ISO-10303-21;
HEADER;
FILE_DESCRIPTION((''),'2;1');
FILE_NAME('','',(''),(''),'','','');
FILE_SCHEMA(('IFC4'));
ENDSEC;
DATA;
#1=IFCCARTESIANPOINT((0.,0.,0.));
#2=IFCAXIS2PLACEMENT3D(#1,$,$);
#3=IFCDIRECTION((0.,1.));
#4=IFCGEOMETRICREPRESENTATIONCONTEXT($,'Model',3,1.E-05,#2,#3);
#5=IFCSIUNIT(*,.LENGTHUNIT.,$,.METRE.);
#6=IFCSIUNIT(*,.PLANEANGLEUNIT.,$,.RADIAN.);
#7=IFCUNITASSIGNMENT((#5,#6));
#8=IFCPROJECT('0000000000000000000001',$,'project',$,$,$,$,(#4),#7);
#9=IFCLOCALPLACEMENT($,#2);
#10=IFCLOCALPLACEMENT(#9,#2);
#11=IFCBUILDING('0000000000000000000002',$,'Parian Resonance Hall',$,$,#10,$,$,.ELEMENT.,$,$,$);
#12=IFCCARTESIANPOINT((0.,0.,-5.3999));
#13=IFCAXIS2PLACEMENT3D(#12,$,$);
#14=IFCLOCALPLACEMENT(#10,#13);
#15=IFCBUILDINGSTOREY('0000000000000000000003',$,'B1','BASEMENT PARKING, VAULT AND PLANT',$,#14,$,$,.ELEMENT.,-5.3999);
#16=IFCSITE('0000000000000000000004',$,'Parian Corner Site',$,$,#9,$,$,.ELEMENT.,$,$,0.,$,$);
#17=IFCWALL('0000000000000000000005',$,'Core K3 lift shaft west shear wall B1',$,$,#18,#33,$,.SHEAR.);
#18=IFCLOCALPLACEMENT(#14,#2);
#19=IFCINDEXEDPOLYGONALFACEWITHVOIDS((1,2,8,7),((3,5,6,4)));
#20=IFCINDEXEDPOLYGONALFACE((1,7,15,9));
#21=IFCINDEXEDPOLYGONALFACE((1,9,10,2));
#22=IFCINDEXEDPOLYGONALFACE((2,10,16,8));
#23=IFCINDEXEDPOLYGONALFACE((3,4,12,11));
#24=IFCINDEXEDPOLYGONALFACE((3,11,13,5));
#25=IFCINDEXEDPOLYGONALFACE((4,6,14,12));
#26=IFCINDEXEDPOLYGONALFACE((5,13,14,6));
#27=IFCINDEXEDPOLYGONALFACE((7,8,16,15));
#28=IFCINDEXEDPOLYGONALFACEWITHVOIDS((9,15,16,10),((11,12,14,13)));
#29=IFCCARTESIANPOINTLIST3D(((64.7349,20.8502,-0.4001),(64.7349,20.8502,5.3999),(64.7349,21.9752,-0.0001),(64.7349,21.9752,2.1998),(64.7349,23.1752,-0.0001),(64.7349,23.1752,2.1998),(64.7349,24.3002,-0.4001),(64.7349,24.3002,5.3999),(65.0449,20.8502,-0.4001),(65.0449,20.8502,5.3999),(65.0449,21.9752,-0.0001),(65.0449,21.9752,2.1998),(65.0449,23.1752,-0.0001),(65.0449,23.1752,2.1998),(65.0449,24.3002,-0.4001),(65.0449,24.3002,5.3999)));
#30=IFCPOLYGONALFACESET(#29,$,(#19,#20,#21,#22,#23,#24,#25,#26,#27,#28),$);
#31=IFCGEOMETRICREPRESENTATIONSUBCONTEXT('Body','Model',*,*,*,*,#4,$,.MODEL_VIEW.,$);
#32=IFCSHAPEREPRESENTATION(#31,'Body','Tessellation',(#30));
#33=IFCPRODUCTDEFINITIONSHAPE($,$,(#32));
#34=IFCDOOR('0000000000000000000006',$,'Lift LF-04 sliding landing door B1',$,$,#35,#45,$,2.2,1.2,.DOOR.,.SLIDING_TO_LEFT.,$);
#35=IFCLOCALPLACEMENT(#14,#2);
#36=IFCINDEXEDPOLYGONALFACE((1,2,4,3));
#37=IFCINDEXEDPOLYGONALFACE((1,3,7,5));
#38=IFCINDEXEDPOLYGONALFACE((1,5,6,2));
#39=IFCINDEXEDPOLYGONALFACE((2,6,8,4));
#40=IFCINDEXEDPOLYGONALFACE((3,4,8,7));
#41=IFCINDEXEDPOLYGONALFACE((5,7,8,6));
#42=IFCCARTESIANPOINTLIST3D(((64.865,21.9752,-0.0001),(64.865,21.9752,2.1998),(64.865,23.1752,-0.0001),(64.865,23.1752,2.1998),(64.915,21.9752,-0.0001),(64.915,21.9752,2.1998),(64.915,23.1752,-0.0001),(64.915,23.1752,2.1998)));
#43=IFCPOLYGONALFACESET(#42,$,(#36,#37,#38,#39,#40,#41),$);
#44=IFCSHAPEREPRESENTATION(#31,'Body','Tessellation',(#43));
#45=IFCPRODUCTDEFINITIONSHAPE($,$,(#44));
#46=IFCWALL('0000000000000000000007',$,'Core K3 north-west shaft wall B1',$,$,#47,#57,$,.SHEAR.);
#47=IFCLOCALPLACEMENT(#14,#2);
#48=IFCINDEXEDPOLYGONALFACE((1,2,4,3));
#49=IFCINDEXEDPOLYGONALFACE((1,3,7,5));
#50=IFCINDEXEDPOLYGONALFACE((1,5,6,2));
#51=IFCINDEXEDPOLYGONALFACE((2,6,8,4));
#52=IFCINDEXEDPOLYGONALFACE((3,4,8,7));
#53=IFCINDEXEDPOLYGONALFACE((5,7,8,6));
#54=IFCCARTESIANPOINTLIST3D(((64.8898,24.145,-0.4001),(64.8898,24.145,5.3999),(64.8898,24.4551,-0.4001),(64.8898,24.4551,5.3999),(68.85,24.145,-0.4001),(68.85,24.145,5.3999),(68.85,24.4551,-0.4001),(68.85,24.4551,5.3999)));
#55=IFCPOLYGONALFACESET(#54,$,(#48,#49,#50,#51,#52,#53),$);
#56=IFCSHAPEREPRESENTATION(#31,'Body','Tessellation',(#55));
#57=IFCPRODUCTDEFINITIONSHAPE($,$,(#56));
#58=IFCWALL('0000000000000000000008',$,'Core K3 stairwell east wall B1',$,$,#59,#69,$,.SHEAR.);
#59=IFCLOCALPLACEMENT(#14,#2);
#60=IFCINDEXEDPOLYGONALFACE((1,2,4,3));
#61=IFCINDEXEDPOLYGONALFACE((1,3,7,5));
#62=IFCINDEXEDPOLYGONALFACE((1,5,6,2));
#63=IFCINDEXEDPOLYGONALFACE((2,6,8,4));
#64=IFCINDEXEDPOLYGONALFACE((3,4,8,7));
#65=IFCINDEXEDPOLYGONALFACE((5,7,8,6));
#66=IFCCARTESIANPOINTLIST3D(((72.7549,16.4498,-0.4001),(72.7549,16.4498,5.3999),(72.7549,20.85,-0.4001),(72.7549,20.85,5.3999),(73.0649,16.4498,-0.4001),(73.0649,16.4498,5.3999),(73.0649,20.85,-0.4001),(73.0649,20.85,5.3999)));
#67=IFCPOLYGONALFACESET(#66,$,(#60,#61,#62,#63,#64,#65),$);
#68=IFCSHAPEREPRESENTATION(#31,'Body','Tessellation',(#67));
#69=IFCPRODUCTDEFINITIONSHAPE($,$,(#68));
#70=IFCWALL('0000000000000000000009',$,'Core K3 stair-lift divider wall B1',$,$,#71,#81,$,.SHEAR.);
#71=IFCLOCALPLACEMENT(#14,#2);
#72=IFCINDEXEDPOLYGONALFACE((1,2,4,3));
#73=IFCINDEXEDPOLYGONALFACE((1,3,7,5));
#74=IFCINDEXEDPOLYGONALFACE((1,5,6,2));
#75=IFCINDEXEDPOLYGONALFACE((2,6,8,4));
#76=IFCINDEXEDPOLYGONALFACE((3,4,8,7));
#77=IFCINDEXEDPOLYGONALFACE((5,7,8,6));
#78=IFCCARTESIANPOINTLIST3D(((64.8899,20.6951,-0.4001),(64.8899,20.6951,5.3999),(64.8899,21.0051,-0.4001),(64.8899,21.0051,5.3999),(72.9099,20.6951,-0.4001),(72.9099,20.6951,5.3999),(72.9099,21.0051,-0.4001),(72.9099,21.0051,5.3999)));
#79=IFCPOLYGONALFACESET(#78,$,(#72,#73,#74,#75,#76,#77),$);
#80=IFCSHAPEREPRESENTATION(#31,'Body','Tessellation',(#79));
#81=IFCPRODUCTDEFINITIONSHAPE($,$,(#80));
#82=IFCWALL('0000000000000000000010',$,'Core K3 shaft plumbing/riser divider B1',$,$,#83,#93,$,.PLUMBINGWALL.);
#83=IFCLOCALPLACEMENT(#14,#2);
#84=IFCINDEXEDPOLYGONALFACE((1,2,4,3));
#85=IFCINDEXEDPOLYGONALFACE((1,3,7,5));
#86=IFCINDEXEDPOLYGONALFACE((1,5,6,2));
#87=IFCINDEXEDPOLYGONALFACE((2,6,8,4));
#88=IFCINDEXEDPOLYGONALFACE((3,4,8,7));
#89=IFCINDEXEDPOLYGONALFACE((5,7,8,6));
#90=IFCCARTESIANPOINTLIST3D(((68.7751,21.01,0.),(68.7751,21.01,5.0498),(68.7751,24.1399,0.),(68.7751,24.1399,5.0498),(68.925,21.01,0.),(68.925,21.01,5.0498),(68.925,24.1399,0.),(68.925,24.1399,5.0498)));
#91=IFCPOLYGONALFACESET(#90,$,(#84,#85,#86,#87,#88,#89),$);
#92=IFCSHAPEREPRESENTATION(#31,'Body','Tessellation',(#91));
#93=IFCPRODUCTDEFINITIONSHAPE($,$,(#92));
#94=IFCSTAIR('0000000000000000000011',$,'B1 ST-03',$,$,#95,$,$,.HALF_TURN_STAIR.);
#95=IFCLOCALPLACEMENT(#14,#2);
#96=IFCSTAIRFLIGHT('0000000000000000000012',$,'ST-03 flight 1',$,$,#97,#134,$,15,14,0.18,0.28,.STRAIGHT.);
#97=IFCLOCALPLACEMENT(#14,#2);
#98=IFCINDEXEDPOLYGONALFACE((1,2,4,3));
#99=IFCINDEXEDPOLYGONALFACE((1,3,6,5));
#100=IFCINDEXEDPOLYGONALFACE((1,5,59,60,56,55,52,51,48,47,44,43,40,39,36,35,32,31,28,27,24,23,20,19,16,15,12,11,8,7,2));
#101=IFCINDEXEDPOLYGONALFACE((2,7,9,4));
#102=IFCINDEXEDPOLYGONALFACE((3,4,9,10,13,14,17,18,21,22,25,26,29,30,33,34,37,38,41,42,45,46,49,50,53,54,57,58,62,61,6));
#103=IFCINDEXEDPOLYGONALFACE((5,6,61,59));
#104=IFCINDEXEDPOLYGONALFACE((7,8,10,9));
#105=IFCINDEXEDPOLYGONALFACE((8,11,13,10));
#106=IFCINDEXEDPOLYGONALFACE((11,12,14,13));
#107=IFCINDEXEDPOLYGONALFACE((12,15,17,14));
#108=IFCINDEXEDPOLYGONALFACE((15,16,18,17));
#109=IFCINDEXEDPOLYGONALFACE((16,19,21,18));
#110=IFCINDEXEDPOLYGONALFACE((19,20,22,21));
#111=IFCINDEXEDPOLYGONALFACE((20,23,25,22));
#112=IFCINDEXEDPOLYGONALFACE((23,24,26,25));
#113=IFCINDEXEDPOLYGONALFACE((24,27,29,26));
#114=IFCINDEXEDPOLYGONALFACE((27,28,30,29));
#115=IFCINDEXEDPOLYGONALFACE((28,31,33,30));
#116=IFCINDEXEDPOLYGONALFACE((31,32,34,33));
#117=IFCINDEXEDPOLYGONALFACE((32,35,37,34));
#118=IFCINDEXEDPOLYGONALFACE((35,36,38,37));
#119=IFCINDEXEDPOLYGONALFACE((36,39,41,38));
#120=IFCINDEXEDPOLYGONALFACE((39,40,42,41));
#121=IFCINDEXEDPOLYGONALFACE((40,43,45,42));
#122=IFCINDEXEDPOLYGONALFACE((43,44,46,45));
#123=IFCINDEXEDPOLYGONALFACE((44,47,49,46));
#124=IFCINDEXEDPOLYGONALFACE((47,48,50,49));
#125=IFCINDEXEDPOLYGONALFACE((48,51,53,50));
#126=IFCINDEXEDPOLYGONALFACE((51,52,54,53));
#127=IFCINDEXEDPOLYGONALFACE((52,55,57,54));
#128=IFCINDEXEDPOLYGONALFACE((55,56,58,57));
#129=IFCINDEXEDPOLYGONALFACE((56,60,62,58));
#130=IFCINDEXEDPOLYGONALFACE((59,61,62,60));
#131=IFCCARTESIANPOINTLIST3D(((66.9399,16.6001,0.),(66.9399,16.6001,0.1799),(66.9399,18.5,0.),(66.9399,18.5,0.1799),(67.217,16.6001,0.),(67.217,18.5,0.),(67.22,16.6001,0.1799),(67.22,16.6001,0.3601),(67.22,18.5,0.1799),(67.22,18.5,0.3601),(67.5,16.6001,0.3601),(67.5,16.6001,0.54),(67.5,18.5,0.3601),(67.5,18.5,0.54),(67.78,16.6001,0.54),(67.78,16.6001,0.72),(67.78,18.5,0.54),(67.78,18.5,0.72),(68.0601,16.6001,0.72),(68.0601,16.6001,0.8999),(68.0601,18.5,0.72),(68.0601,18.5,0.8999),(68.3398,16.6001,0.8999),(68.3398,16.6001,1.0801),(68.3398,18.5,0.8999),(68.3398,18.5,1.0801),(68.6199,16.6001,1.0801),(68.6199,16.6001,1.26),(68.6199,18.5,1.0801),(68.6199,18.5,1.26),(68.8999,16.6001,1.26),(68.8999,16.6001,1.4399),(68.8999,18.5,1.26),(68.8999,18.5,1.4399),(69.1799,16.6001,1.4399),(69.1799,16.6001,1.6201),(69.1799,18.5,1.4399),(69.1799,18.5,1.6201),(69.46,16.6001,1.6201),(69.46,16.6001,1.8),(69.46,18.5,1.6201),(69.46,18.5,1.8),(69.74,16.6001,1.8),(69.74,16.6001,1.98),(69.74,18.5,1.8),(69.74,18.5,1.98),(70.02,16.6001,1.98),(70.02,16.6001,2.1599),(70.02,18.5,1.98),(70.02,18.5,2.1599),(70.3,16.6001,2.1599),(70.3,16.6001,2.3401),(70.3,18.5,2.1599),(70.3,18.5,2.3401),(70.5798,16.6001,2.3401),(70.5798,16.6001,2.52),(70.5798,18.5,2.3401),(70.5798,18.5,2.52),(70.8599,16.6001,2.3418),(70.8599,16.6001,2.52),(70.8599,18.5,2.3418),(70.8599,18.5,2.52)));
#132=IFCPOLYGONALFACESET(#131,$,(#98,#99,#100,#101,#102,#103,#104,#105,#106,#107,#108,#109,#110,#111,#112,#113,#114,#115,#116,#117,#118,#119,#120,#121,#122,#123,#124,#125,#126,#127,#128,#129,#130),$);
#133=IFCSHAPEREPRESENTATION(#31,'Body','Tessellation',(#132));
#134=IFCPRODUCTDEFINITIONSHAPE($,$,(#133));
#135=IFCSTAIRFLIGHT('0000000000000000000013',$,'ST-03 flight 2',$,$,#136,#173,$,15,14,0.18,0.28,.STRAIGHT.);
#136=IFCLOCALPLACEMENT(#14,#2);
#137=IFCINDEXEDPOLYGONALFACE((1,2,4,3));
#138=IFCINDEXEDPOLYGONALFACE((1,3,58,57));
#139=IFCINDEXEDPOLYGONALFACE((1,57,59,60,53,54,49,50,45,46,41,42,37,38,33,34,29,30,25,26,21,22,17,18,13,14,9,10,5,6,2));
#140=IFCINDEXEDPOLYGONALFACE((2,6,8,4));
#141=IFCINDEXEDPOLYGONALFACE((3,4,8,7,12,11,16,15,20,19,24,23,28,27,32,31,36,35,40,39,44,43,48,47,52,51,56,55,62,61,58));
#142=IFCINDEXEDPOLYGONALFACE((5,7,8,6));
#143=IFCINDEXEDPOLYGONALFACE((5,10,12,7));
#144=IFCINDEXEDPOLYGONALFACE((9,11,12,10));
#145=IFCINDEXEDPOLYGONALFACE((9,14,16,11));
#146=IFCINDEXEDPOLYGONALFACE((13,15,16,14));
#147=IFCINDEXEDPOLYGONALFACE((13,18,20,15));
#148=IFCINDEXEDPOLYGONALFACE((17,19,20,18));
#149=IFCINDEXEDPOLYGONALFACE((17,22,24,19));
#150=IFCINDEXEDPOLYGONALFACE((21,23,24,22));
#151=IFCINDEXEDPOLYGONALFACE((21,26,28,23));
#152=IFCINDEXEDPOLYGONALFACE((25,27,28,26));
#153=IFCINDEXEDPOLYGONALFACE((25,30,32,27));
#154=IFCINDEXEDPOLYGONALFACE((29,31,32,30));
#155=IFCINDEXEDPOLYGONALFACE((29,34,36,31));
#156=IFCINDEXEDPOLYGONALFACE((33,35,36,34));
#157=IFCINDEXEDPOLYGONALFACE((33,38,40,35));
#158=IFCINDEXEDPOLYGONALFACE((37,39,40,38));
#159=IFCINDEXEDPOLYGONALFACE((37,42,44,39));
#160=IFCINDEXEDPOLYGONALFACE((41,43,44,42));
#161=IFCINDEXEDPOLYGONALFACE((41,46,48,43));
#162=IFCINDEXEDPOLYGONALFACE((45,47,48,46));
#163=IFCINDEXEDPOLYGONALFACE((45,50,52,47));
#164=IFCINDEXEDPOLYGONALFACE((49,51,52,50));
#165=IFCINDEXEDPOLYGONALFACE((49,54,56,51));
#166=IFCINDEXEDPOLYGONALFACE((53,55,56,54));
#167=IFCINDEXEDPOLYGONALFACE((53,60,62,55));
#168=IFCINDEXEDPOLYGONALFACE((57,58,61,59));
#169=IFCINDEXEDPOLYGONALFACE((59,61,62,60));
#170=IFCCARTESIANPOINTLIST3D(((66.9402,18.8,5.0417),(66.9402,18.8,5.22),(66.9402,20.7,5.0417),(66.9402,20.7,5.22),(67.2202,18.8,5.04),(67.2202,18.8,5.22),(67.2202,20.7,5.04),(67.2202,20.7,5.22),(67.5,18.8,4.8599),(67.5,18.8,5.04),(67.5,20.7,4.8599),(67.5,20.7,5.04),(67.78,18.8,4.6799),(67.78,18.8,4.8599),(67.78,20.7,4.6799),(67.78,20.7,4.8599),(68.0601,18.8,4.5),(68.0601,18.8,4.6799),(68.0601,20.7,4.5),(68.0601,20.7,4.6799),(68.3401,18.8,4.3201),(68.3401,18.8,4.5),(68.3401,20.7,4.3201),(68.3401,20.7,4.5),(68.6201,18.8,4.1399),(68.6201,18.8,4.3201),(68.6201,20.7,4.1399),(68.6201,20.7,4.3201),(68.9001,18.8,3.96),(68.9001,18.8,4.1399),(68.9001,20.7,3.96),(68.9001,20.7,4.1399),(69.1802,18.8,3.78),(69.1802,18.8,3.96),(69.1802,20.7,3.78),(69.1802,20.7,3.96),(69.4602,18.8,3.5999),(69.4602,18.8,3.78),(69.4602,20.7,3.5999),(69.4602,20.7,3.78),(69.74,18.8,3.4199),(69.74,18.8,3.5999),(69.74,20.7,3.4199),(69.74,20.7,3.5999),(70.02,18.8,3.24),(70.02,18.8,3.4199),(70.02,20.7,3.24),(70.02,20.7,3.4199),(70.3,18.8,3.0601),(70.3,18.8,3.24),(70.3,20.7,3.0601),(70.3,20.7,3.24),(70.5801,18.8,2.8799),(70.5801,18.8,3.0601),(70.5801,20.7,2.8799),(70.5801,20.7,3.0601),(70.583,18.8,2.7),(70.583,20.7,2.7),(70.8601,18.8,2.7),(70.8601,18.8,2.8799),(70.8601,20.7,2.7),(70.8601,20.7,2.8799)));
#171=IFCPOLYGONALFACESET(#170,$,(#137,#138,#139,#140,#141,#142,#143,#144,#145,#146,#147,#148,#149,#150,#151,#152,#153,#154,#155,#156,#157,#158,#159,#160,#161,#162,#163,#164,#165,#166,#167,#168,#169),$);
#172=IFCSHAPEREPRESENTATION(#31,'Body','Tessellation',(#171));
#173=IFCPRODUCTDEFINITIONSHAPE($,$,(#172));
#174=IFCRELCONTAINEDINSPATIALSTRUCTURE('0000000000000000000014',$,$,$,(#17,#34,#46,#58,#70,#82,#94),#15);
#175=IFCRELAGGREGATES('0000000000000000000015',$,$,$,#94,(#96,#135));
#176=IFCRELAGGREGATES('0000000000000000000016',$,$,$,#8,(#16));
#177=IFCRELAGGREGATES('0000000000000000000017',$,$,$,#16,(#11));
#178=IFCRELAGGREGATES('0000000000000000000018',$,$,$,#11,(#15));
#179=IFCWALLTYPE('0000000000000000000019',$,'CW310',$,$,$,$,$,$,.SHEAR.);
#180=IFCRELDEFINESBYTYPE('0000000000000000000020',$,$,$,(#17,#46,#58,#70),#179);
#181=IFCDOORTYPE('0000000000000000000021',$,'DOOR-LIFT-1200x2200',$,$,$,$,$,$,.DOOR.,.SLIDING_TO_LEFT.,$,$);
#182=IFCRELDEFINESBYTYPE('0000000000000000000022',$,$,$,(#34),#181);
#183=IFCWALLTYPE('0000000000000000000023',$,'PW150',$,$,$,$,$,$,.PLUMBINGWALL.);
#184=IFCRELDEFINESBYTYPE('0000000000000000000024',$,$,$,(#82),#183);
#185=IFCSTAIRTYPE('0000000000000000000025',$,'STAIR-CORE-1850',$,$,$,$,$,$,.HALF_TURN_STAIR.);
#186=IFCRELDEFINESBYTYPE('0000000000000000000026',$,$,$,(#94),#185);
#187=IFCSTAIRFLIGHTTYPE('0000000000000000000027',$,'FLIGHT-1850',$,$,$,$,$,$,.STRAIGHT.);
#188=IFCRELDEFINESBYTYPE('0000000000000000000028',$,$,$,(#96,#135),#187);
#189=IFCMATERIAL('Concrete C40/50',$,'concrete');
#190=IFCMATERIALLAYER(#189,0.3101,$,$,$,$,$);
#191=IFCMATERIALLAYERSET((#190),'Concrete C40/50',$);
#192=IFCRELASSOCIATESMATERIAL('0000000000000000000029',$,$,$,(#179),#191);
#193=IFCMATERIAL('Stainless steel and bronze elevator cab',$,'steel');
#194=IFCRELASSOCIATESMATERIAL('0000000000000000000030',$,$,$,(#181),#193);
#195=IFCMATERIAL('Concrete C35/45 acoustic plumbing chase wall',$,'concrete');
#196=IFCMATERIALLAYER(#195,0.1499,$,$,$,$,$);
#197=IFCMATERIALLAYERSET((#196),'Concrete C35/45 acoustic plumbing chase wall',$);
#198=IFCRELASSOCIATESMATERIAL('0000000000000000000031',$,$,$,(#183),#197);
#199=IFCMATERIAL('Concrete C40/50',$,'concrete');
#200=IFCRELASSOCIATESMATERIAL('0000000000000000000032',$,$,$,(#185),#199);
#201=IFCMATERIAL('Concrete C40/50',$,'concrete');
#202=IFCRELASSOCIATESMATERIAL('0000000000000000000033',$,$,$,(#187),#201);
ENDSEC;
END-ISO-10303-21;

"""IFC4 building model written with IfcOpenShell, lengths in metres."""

from ifc_helpers import new_model, si_unit, direction, frame, frame_2d, origin, place, context, subcontext, project, spatial, polyline, rectangle, outline, extrude, material, layer, layer_set, type_object, element, fill, aggregate, save


model = new_model("IFC4")

# Units and contexts
model_context = context("Model", 3, precision=1e-05, world=origin(), true_north=direction((0.0, 1.0)))
body_context = subcontext(model_context, "Body", "Model", "MODEL_VIEW")
ifc_project = project(units=[si_unit("LENGTHUNIT", "METRE"), si_unit("PLANEANGLEUNIT", "RADIAN")], contexts=[model_context])

# Site, building, storey
site_placement = place(None, origin())
site = spatial("IfcSite", under=ifc_project, at=site_placement, Name="Parian Corner Site", CompositionType="ELEMENT", RefElevation=0.0)
building_placement = place(site_placement, origin())
building = spatial("IfcBuilding", under=site, at=building_placement, Name="Parian Resonance Hall", CompositionType="ELEMENT")
storey_placement = place(building_placement, frame((0.0, 0.0, -5.3999)))
storey = spatial("IfcBuildingStorey", under=building, at=storey_placement, Name="B1", Description="BASEMENT PARKING, VAULT AND PLANT", CompositionType="ELEMENT", Elevation=-5.3999)

# Shared definitions
ifc_material_1 = material(Name="Concrete C40/50", Category="concrete")
ifc_layer_1 = layer(ifc_material_1, 0.3101)
ifc_layer_set_1 = layer_set([ifc_layer_1], Name="Concrete C40/50")
wall_type_1 = type_object("IfcWallType", Name="CW310", PredefinedType="SHEAR", material=ifc_layer_set_1)

# Wall, opening, door
wall_1_placement = place(storey_placement, frame((64.8899, 20.8501, -0.4001), z_axis=(0.0, 0.0, 1.0), x_axis=(0.0, 1.0, 0.0)))
wall_1 = element("IfcWall", 1, at=wall_1_placement, inside=storey, type_object=wall_type_1, Name="Core K3 lift shaft west shear wall B1", PredefinedType="SHEAR", context=body_context, shape_type="SweptSolid", body=[
    extrude(rectangle(XDim=3.45, YDim=0.3101, at=frame_2d((1.7251, 0.0))), origin(), (0.0, 0.0, 1.0), 5.8),
])
opening_placement = place(wall_1_placement, frame((1.125, 0.0, 0.3999)))
opening = element("IfcOpeningElement", 2, at=opening_placement, cuts=wall_1, PredefinedType="OPENING", context=body_context, shape_type="SweptSolid", body=[
    extrude(rectangle(XDim=1.2, YDim=2.2, at=frame_2d((0.6001, 1.1001))), frame((0.0, 0.165, 0.0), z_axis=(0.0, -1.0, 0.0), x_axis=(1.0, 0.0, 0.0)), (0.0, 0.0, 1.0), 0.3301),
])
ifc_material_2 = material(Name="Stainless steel and bronze elevator cab", Category="steel")
door_type = type_object("IfcDoorType", Name="DOOR-LIFT-1200x2200", OperationType="SLIDING_TO_LEFT", PredefinedType="DOOR", material=ifc_material_2)
door_placement = place(opening_placement, origin())
door = element("IfcDoor", 3, at=door_placement, inside=storey, type_object=door_type, Name="Lift LF-04 sliding landing door B1", OperationType="SLIDING_TO_LEFT", OverallHeight=2.2, OverallWidth=1.2, PredefinedType="DOOR", context=body_context, shape_type="SweptSolid", body=[
    extrude(rectangle(XDim=1.2, YDim=2.2, at=frame_2d((0.6001, 1.1001))), frame((0.0, 0.0249, 0.0), z_axis=(0.0, -1.0, 0.0), x_axis=(1.0, 0.0, 0.0)), (0.0, 0.0, 1.0), 0.05),
])
fill(opening, door)

# Walls
wall_2_placement = place(storey_placement, frame((64.8899, 24.3, -0.4001), z_axis=(0.0, 0.0, 1.0), x_axis=(1.0, 0.0, 0.0)))
element("IfcWall", 4, at=wall_2_placement, inside=storey, type_object=wall_type_1, Name="Core K3 north-west shaft wall B1", PredefinedType="SHEAR", context=body_context, shape_type="SweptSolid", body=[
    extrude(rectangle(XDim=3.9602, YDim=0.3101, at=frame_2d((1.98, 0.0))), origin(), (0.0, 0.0, 1.0), 5.8),
])
wall_3_placement = place(storey_placement, frame((72.9099, 20.8501, -0.4001), z_axis=(0.0, 0.0, 1.0), x_axis=(0.0, -1.0, 0.0)))
element("IfcWall", 5, at=wall_3_placement, inside=storey, type_object=wall_type_1, Name="Core K3 stairwell east wall B1", PredefinedType="SHEAR", context=body_context, shape_type="SweptSolid", body=[
    extrude(rectangle(XDim=4.4001, YDim=0.3101, at=frame_2d((2.2002, 0.0))), origin(), (0.0, 0.0, 1.0), 5.8),
])
wall_4_placement = place(storey_placement, frame((64.8899, 20.8501, -0.4001), z_axis=(0.0, 0.0, 1.0), x_axis=(1.0, 0.0, 0.0)))
element("IfcWall", 6, at=wall_4_placement, inside=storey, type_object=wall_type_1, Name="Core K3 stair-lift divider wall B1", PredefinedType="SHEAR", context=body_context, shape_type="SweptSolid", body=[
    extrude(rectangle(XDim=8.02, YDim=0.3101, at=frame_2d((4.01, 0.0))), origin(), (0.0, 0.0, 1.0), 5.8),
])
ifc_material_3 = material(Name="Concrete C35/45 acoustic plumbing chase wall", Category="concrete")
ifc_layer_2 = layer(ifc_material_3, 0.1499)
ifc_layer_set_2 = layer_set([ifc_layer_2], Name="Concrete C35/45 acoustic plumbing chase wall")
wall_type_2 = type_object("IfcWallType", Name="PW150", PredefinedType="PLUMBINGWALL", material=ifc_layer_set_2)
wall_5_placement = place(storey_placement, frame((68.8501, 21.01, 0.0), z_axis=(0.0, 0.0, 1.0), x_axis=(0.0, 1.0, 0.0)))
element("IfcWall", 7, at=wall_5_placement, inside=storey, type_object=wall_type_2, Name="Core K3 shaft plumbing/riser divider B1", PredefinedType="PLUMBINGWALL", context=body_context, shape_type="SweptSolid", body=[
    extrude(rectangle(XDim=3.1299, YDim=0.1499, at=frame_2d((1.5649, 0.0))), origin(), (0.0, 0.0, 1.0), 5.0498),
])

# Stair, stair flights
ifc_material_4 = material(Name="Concrete C40/50", Category="concrete")
stair_type = type_object("IfcStairType", Name="STAIR-CORE-1850", PredefinedType="HALF_TURN_STAIR", material=ifc_material_4)
stair_placement = place(storey_placement, origin())
stair = element("IfcStair", 8, at=stair_placement, inside=storey, type_object=stair_type, Name="B1 ST-03", PredefinedType="HALF_TURN_STAIR")
ifc_material_5 = material(Name="Concrete C40/50", Category="concrete")
stair_flight_type = type_object("IfcStairFlightType", Name="FLIGHT-1850", PredefinedType="STRAIGHT", material=ifc_material_5)
stair_flight_1_placement = place(storey_placement, frame((66.9399, 17.55, 0.0), z_axis=(0.0, 0.0, 1.0), x_axis=(1.0, 0.0, 0.0)))
stair_flight_1 = element("IfcStairFlight", 9, at=stair_flight_1_placement, type_object=stair_flight_type, Name="ST-03 flight 1", NumberOfRisers=15, NumberOfTreads=14, PredefinedType="STRAIGHT", RiserHeight=0.18, TreadLength=0.28, context=body_context, shape_type="SweptSolid", body=[
    extrude(outline(polyline([(0.0, 0.0), (0.0, 0.1799), (0.28, 0.1799), (0.28, 0.3601), (0.5601, 0.3601), (0.5601, 0.54), (0.8401, 0.54), (0.8401, 0.72), (1.1201, 0.72), (1.1201, 0.8999), (1.3999, 0.8999), (1.3999, 1.0801), (1.6799, 1.0801), (1.6799, 1.26), (1.96, 1.26), (1.96, 1.4399), (2.24, 1.4399), (2.24, 1.6201), (2.52, 1.6201), (2.52, 1.8), (2.8, 1.8), (2.8, 1.98), (3.0801, 1.98), (3.0801, 2.1599), (3.3601, 2.1599), (3.3601, 2.3401), (3.6399, 2.3401), (3.6399, 2.52), (3.9199, 2.52), (3.9199, 2.7), (3.9199, 2.3418), (0.2771, 0.0), (0.0, 0.0)])), frame((0.0, 0.95, 0.0), z_axis=(0.0, -1.0, 0.0), x_axis=(1.0, 0.0, 0.0)), (0.0, 0.0, 1.0), 1.8999),
])
stair_flight_2_placement = place(storey_placement, frame((70.8601, 19.75, 2.7), z_axis=(0.0, 0.0, 1.0), x_axis=(-1.0, 0.0, 0.0)))
stair_flight_2 = element("IfcStairFlight", 10, at=stair_flight_2_placement, type_object=stair_flight_type, Name="ST-03 flight 2", NumberOfRisers=15, NumberOfTreads=14, PredefinedType="STRAIGHT", RiserHeight=0.18, TreadLength=0.28, context=body_context, shape_type="SweptSolid", body=[
    extrude(outline(polyline([(0.0, 0.0), (0.0, 0.1799), (0.28, 0.1799), (0.28, 0.3601), (0.5601, 0.3601), (0.5601, 0.54), (0.8401, 0.54), (0.8401, 0.72), (1.1201, 0.72), (1.1201, 0.8999), (1.3999, 0.8999), (1.3999, 1.0801), (1.6799, 1.0801), (1.6799, 1.26), (1.96, 1.26), (1.96, 1.4399), (2.24, 1.4399), (2.24, 1.6201), (2.52, 1.6201), (2.52, 1.8), (2.8, 1.8), (2.8, 1.98), (3.0801, 1.98), (3.0801, 2.1599), (3.3601, 2.1599), (3.3601, 2.3401), (3.6399, 2.3401), (3.6399, 2.52), (3.9199, 2.52), (3.9199, 2.7), (3.9199, 2.3418), (0.2771, 0.0), (0.0, 0.0)])), frame((0.0, 0.95, 0.0), z_axis=(0.0, -1.0, 0.0), x_axis=(1.0, 0.0, 0.0)), (0.0, 0.0, 1.0), 1.8999),
])
aggregate(stair, [stair_flight_1, stair_flight_2])

save(model, "model.ifc")
